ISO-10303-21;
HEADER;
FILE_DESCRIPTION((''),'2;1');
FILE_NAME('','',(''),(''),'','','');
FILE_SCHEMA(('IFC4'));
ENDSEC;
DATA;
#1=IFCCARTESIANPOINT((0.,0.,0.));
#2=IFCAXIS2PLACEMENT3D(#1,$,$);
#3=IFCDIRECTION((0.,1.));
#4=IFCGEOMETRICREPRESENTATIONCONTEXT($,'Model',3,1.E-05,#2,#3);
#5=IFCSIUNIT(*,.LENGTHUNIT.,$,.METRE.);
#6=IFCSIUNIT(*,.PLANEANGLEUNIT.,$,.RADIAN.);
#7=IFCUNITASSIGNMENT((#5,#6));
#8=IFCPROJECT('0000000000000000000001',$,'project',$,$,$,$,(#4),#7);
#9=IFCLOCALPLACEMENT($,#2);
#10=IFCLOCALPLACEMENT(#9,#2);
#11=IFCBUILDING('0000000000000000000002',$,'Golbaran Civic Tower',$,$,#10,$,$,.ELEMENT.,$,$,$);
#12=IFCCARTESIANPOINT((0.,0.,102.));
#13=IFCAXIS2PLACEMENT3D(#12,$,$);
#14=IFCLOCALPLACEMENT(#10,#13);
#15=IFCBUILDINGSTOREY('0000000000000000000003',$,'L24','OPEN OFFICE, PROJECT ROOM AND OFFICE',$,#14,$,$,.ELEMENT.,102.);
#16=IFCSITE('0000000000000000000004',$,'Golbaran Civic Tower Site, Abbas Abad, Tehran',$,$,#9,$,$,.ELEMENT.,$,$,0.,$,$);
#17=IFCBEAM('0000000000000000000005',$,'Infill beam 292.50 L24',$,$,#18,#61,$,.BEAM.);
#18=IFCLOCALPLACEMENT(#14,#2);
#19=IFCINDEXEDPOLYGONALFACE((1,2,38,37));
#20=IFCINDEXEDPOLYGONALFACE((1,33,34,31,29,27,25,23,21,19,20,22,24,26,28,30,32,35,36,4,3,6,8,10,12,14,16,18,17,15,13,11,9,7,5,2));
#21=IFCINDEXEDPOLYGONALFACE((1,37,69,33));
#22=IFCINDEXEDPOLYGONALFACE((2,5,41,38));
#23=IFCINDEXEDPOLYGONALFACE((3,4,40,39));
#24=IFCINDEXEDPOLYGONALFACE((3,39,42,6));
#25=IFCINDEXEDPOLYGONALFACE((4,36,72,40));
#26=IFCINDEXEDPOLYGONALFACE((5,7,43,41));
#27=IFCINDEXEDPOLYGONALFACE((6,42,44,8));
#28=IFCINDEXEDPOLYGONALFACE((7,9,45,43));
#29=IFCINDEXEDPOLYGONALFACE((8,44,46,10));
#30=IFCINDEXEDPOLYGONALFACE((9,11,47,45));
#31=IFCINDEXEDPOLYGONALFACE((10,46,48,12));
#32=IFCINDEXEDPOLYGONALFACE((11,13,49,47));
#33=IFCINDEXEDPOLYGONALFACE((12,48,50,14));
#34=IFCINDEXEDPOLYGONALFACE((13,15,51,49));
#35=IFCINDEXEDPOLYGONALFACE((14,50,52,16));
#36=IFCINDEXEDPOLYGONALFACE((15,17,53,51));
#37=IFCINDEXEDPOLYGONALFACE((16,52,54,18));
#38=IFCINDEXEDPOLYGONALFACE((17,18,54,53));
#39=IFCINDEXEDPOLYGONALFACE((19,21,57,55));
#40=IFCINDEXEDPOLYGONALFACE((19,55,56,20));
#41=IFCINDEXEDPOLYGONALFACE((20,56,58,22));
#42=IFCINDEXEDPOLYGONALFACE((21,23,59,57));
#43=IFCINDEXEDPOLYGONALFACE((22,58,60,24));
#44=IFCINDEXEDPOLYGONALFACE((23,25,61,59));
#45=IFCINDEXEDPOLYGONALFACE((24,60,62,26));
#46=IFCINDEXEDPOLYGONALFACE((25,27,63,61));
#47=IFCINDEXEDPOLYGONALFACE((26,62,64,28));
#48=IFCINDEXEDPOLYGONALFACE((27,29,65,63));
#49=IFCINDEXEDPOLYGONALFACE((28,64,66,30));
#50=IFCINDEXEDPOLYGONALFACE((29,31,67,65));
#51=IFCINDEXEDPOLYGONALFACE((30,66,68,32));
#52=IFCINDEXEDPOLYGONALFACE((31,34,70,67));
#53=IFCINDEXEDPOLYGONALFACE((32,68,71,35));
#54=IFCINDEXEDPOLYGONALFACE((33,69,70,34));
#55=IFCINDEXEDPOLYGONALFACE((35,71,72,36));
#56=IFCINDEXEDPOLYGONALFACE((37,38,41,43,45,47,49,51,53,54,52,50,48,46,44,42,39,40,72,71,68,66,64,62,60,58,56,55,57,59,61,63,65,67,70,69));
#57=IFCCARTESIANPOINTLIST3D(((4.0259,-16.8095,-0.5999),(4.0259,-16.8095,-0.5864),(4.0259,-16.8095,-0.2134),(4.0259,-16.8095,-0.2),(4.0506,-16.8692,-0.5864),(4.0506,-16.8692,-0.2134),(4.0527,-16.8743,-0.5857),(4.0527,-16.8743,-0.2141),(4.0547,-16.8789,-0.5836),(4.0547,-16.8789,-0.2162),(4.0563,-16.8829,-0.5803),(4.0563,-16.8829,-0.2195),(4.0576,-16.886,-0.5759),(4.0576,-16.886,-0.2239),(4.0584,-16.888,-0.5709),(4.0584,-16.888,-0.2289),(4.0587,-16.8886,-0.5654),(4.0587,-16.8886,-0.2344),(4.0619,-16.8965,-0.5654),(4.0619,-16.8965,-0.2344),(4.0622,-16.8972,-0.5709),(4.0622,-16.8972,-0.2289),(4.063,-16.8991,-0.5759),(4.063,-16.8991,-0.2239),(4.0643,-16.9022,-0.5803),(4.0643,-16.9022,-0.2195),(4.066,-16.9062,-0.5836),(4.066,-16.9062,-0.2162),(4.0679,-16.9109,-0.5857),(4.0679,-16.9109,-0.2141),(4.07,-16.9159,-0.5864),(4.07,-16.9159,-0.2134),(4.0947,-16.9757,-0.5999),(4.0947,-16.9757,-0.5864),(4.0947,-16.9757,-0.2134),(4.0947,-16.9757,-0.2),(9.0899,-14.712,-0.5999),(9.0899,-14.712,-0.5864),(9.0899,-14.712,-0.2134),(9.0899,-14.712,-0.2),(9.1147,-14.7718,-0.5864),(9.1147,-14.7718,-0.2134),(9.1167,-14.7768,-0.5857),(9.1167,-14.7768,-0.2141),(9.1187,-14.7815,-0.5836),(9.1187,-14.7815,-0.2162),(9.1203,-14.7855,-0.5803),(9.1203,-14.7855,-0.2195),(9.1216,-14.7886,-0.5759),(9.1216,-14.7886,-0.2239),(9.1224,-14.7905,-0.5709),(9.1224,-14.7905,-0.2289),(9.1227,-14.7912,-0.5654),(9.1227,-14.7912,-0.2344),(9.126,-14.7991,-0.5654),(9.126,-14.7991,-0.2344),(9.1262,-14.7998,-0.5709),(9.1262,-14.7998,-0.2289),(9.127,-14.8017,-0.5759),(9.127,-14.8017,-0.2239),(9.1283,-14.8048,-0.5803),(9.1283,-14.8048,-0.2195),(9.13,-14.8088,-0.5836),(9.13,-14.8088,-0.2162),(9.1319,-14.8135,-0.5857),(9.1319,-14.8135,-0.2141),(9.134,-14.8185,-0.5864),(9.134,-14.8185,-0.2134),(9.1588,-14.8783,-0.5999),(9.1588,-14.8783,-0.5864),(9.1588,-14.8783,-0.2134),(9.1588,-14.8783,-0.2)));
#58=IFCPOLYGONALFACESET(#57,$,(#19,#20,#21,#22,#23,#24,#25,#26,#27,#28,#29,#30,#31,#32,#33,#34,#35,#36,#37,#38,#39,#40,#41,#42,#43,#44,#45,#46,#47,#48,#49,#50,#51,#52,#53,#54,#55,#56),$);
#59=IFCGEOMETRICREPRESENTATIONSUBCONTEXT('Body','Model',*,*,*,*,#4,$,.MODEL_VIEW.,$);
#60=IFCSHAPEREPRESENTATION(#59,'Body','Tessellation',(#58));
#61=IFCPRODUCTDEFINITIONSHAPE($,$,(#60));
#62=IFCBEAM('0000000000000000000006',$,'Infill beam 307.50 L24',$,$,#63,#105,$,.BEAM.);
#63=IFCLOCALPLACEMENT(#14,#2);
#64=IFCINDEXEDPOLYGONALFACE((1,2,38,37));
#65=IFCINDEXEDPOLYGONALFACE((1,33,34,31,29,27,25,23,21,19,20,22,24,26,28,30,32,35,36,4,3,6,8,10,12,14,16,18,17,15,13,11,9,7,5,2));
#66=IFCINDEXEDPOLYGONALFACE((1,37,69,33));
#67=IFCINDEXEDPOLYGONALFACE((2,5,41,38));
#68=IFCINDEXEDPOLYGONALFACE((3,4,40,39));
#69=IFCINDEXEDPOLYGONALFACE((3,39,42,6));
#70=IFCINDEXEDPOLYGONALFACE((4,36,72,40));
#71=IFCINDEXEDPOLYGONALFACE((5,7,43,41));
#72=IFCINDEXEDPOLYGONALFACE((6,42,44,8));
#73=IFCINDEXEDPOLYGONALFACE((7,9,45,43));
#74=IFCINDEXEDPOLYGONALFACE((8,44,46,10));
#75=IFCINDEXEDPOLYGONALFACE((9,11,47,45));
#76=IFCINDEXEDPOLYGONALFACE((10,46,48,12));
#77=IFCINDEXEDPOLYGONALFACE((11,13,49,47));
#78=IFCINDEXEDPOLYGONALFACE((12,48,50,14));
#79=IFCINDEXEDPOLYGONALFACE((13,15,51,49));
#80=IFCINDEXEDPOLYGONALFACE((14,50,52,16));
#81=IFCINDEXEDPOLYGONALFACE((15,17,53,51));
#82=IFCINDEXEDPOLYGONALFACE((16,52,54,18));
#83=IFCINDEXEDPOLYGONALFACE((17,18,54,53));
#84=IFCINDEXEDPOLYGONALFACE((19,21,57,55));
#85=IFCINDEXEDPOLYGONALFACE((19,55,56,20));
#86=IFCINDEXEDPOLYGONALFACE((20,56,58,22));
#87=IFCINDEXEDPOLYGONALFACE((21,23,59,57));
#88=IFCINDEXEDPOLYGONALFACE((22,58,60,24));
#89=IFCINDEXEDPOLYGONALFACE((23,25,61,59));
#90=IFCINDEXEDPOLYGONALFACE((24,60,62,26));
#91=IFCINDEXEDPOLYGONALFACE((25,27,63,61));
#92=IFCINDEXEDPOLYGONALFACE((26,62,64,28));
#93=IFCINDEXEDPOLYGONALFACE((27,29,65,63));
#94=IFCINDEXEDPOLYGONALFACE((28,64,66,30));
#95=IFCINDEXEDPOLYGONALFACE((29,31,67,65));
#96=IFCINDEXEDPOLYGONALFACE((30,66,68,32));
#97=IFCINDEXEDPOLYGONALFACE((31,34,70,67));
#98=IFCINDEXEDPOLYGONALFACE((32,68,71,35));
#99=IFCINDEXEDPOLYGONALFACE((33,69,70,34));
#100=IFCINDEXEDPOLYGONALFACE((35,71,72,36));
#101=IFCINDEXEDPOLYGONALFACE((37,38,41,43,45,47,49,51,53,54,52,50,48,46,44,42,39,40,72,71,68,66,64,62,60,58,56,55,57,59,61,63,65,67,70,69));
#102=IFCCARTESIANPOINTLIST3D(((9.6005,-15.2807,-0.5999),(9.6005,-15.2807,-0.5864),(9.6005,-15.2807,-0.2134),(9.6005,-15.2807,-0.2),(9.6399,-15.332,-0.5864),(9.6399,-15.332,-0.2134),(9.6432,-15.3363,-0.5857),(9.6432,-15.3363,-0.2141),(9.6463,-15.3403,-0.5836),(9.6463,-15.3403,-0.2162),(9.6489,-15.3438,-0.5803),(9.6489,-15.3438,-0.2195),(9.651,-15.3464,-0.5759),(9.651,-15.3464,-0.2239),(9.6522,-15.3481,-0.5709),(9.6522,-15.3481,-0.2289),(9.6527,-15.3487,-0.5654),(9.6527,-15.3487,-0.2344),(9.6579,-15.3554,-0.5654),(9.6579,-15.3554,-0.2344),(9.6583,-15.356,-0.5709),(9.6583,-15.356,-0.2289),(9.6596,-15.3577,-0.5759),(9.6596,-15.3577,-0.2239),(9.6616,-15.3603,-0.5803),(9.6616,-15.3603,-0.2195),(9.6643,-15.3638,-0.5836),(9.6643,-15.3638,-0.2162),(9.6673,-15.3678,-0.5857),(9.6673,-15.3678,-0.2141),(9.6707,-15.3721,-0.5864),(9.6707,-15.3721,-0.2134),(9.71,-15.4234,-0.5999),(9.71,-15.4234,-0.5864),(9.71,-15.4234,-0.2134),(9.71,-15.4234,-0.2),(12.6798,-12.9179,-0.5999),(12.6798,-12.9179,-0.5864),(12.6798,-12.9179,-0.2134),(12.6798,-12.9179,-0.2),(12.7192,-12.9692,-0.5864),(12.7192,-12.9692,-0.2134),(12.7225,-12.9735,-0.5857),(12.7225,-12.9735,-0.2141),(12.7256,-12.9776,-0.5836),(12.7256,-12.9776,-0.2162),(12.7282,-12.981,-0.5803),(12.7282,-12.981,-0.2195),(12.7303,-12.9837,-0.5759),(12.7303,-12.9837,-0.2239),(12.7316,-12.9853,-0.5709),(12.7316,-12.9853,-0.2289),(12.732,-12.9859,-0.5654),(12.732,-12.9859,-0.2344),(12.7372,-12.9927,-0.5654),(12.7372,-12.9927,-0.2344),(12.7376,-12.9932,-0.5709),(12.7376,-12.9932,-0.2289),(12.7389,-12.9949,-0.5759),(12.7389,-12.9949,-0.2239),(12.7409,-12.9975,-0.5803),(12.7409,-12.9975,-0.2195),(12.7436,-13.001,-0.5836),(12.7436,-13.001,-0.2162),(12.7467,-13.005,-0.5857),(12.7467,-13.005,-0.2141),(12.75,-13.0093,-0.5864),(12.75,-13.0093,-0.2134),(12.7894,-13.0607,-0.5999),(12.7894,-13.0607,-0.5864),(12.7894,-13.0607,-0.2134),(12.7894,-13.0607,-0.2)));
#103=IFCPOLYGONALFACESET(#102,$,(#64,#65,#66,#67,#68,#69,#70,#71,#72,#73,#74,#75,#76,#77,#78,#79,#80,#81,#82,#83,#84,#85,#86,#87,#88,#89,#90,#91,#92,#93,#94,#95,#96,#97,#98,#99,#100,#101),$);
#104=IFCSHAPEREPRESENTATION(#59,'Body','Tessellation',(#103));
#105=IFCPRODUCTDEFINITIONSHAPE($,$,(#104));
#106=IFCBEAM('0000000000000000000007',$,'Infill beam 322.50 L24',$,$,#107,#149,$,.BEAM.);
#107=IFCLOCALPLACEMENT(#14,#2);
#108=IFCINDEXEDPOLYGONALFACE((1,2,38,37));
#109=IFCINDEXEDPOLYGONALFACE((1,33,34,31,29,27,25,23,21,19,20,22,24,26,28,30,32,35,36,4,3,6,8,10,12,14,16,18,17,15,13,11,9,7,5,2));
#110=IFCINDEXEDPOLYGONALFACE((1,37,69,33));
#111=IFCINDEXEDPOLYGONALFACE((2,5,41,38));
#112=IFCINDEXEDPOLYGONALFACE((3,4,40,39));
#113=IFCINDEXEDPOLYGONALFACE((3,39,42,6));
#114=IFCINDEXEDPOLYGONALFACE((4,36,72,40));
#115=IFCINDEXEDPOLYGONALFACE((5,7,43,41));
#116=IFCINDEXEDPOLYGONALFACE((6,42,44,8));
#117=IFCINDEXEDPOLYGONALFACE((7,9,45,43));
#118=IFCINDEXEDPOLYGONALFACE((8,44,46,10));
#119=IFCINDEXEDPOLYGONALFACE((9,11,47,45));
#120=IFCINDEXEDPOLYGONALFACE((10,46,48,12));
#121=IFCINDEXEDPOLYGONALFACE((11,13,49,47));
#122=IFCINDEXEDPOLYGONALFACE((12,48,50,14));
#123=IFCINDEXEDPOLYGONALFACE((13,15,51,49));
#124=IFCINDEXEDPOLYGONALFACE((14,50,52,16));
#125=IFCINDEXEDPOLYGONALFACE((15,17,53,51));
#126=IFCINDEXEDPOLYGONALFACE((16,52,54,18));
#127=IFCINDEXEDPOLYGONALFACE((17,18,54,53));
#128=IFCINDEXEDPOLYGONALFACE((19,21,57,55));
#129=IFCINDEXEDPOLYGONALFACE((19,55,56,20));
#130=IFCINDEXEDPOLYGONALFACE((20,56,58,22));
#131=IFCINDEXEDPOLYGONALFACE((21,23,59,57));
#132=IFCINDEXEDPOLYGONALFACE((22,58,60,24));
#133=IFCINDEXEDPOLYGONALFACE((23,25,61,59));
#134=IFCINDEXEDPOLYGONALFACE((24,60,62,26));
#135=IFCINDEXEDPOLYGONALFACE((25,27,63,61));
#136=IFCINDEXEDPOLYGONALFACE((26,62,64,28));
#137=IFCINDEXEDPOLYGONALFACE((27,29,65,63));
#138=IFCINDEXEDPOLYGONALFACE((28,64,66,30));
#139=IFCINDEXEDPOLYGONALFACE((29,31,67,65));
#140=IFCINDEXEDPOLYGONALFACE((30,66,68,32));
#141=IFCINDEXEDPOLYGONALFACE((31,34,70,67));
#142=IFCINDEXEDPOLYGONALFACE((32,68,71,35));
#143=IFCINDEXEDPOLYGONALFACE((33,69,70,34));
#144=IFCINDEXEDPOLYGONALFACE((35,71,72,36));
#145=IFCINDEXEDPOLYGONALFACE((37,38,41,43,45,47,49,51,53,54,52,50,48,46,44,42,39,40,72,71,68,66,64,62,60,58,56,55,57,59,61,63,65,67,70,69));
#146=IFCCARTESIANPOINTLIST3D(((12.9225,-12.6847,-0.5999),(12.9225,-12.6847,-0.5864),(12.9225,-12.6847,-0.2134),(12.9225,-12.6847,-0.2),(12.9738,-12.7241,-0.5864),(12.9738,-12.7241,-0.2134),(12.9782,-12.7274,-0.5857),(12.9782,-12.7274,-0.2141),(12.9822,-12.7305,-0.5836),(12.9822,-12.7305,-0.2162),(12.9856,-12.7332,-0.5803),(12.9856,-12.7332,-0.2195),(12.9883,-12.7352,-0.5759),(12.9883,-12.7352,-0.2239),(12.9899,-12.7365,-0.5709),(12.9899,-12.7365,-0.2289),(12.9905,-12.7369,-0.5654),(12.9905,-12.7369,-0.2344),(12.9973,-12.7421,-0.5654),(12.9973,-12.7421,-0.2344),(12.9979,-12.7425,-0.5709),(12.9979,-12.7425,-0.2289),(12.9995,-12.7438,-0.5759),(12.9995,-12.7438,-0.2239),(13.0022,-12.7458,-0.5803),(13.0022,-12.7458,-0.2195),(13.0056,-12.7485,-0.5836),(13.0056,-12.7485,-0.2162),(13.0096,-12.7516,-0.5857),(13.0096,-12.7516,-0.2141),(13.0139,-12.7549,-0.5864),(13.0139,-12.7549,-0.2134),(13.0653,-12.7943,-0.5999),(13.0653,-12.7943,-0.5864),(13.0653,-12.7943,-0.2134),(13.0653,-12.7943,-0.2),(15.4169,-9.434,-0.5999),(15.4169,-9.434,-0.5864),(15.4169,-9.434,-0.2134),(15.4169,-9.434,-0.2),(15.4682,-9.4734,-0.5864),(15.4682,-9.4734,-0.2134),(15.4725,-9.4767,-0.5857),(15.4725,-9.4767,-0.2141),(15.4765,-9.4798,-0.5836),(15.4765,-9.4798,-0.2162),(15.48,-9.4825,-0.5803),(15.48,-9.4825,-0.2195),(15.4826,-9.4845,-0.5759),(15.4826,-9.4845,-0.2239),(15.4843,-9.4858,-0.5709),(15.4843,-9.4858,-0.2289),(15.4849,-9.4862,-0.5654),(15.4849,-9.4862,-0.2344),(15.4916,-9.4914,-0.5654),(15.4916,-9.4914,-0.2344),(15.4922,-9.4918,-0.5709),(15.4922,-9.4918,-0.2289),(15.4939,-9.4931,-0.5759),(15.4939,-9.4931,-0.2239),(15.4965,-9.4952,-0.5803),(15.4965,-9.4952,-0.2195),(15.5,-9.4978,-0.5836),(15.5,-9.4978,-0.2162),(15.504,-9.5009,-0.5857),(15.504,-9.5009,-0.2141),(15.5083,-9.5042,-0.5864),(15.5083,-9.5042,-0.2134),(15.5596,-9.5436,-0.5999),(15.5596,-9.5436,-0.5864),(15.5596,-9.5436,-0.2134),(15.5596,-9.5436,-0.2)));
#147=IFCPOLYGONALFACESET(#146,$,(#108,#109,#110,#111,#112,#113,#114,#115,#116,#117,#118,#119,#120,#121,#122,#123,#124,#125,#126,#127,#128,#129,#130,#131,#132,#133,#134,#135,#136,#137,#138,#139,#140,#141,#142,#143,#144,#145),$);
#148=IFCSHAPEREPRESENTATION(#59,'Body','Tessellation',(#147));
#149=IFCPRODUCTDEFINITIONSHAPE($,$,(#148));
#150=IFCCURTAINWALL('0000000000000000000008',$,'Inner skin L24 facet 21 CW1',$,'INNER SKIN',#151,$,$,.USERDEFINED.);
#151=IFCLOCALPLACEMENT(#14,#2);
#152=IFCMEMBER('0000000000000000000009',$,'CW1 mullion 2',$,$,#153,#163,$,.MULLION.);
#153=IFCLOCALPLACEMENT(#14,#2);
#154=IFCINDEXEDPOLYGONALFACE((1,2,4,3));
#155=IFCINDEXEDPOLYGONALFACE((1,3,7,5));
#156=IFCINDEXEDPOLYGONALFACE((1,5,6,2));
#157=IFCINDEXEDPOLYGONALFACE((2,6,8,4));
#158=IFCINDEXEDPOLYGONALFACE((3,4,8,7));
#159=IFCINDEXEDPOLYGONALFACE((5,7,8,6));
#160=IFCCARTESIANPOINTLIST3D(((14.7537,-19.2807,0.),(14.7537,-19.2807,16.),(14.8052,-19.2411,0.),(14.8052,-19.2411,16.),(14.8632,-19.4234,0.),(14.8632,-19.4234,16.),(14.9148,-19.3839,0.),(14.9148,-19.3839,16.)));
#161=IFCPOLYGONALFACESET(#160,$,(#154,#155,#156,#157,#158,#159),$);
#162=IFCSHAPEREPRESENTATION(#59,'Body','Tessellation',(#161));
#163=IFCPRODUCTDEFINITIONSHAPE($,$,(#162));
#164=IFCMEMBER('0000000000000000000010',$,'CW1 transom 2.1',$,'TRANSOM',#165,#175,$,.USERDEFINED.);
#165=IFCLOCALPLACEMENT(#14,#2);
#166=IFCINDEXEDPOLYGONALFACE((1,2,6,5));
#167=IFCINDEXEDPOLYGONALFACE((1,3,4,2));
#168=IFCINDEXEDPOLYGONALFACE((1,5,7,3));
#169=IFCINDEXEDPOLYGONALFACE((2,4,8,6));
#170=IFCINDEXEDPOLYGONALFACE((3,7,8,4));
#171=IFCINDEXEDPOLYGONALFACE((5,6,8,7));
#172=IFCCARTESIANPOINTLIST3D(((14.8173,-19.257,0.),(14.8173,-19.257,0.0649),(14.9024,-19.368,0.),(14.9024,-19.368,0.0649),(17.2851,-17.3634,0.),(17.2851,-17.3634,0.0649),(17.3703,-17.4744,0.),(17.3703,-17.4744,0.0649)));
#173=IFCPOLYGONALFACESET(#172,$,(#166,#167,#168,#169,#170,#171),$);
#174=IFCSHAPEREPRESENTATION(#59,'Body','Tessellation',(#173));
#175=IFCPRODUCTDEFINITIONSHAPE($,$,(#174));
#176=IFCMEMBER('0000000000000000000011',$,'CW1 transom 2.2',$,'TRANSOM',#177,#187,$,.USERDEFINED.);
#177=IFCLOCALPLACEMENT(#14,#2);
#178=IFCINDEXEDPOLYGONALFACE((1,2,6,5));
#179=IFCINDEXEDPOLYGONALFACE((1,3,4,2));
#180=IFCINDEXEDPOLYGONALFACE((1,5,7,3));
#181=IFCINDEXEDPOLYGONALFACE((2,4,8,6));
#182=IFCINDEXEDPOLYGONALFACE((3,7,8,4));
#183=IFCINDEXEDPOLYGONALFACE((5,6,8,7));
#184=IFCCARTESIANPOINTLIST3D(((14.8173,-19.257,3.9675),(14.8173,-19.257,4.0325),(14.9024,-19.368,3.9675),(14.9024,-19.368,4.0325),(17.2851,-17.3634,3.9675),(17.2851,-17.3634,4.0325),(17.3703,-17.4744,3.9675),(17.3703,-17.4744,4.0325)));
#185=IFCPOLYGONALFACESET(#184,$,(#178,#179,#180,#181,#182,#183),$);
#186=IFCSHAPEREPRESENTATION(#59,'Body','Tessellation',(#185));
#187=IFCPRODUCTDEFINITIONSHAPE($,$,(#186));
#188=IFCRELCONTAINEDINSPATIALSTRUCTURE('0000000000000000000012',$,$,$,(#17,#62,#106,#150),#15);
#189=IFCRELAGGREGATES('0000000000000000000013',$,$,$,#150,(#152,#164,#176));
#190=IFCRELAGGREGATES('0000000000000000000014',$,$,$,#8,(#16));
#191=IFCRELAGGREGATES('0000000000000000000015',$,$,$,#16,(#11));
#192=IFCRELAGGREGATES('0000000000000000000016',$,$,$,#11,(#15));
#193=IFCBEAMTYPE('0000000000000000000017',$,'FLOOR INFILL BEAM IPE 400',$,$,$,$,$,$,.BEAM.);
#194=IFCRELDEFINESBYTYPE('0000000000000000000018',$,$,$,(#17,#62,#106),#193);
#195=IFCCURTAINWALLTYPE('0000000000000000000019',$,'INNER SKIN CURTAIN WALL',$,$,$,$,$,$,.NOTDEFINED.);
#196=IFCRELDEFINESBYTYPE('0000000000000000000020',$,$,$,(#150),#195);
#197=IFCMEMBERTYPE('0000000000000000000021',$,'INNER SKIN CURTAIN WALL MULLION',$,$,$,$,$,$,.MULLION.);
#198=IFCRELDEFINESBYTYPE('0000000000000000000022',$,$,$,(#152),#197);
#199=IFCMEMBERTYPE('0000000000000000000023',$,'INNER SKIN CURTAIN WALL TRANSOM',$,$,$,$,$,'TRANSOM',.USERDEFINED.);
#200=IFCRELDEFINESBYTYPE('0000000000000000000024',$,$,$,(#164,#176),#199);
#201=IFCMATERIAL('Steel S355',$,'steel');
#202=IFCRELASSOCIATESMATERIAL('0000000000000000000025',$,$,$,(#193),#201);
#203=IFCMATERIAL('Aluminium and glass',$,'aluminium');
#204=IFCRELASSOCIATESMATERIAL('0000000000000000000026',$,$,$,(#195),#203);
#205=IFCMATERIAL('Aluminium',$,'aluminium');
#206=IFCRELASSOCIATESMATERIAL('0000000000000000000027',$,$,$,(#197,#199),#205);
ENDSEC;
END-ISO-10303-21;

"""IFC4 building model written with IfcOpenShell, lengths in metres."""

from ifc_helpers import new_model, si_unit, direction, frame, origin, origin_2d, place, context, subcontext, project, spatial, rectangle, i_section, extrude, material, material_profile, profile_set, type_object, element, aggregate, save


model = new_model("IFC4")

# Units and contexts
model_context = context("Model", 3, precision=1e-05, world=origin(), true_north=direction((0.0, 1.0)))
body_context = subcontext(model_context, "Body", "Model", "MODEL_VIEW")
ifc_project = project(units=[si_unit("LENGTHUNIT", "METRE"), si_unit("PLANEANGLEUNIT", "RADIAN")], contexts=[model_context])

# Site, building, storey
site_placement = place(None, origin())
site = spatial("IfcSite", under=ifc_project, at=site_placement, Name="Golbaran Civic Tower Site, Abbas Abad, Tehran", CompositionType="ELEMENT", RefElevation=0.0)
building_placement = place(site_placement, origin())
building = spatial("IfcBuilding", under=site, at=building_placement, Name="Golbaran Civic Tower", CompositionType="ELEMENT")
storey_placement = place(building_placement, frame((0.0, 0.0, 102.0)))
storey = spatial("IfcBuildingStorey", under=building, at=storey_placement, Name="L24", Description="OPEN OFFICE, PROJECT ROOM AND OFFICE", CompositionType="ELEMENT", Elevation=102.0)

# Beams
ifc_material_1 = material(Name="Steel S355", Category="steel")
ifc_material_profile_1 = material_profile(ifc_material_1, i_section(OverallWidth=0.1799, OverallDepth=0.3999, WebThickness=0.0085, FlangeThickness=0.0134, FilletRadius=0.021, at=origin_2d()), Name="IPE 400")
ifc_profile_set_1 = profile_set([ifc_material_profile_1], Name="Steel S355")
beam_type_1 = type_object("IfcBeamType", Name="FLOOR INFILL BEAM IPE 400", PredefinedType="BEAM", material=ifc_profile_set_1)
beam_1_placement = place(storey_placement, frame((4.0603, -16.8926, -0.3999), z_axis=(0.923889, 0.38266, 0.0), x_axis=(-0.38266, 0.923889, 0.0)))
element("IfcBeam", 1, at=beam_1_placement, inside=storey, type_object=beam_type_1, Name="Infill beam 292.50 L24", PredefinedType="BEAM", context=body_context, shape_type="SweptSolid", body=[
    extrude(i_section(OverallWidth=0.1799, OverallDepth=0.3999, WebThickness=0.0085, FlangeThickness=0.0134, FilletRadius=0.021, at=origin_2d()), origin(), (0.0, 0.0, 1.0), 5.4812),
])
beam_2_placement = place(storey_placement, frame((9.6553, -15.3521, -0.3999), z_axis=(0.793362, 0.60875, 0.0), x_axis=(-0.60875, 0.793362, 0.0)))
element("IfcBeam", 2, at=beam_2_placement, inside=storey, type_object=beam_type_1, Name="Infill beam 307.50 L24", PredefinedType="BEAM", context=body_context, shape_type="SweptSolid", body=[
    extrude(i_section(OverallWidth=0.1799, OverallDepth=0.3999, WebThickness=0.0085, FlangeThickness=0.0134, FilletRadius=0.021, at=origin_2d()), origin(), (0.0, 0.0, 1.0), 3.8813),
])
beam_3_placement = place(storey_placement, frame((12.9939, -12.7395, -0.3999), z_axis=(0.608763, 0.793352, 0.0), x_axis=(-0.793352, 0.608763, 0.0)))
element("IfcBeam", 3, at=beam_3_placement, inside=storey, type_object=beam_type_1, Name="Infill beam 322.50 L24", PredefinedType="BEAM", context=body_context, shape_type="SweptSolid", body=[
    extrude(i_section(OverallWidth=0.1799, OverallDepth=0.3999, WebThickness=0.0085, FlangeThickness=0.0134, FilletRadius=0.021, at=origin_2d()), origin(), (0.0, 0.0, 1.0), 4.0974),
])

# Curtain wall, members
ifc_material_2 = material(Name="Aluminium and glass", Category="aluminium")
curtain_wall_type = type_object("IfcCurtainWallType", Name="INNER SKIN CURTAIN WALL", PredefinedType="NOTDEFINED", material=ifc_material_2)
curtain_wall_placement = place(storey_placement, origin())
curtain_wall = element("IfcCurtainWall", 4, at=curtain_wall_placement, inside=storey, type_object=curtain_wall_type, Name="Inner skin L24 facet 21 CW1", ObjectType="INNER SKIN", PredefinedType="USERDEFINED")
ifc_material_3 = material(Name="Aluminium", Category="aluminium")
ifc_material_profile_2 = material_profile(ifc_material_3, rectangle(XDim=0.1799, YDim=0.0649, at=origin_2d()), Name="INNER SKIN CURTAIN WALL MULLION")
ifc_profile_set_2 = profile_set([ifc_material_profile_2], Name="Aluminium")
member_type_1 = type_object("IfcMemberType", Name="INNER SKIN CURTAIN WALL MULLION", PredefinedType="MULLION", material=ifc_profile_set_2)
member_1_placement = place(storey_placement, frame((14.8342, -19.3323, 0.0), z_axis=(0.0, 0.0, 1.0), x_axis=(-0.608761, 0.793353, 0.0)))
member_1 = element("IfcMember", 5, at=member_1_placement, type_object=member_type_1, Name="CW1 mullion 2", PredefinedType="MULLION", context=body_context, shape_type="SweptSolid", body=[
    extrude(rectangle(XDim=0.1799, YDim=0.0649, at=origin_2d()), origin(), (0.0, 0.0, 1.0), 16.0),
])
ifc_material_profile_3 = material_profile(ifc_material_3, rectangle(XDim=0.1399, YDim=0.0649, at=origin_2d()), Name="INNER SKIN CURTAIN WALL TRANSOM")
ifc_profile_set_3 = profile_set([ifc_material_profile_3], Name="Aluminium")
member_type_2 = type_object("IfcMemberType", Name="INNER SKIN CURTAIN WALL TRANSOM", ElementType="TRANSOM", PredefinedType="USERDEFINED", material=ifc_profile_set_3)
member_2_placement = place(storey_placement, frame((14.8599, -19.3125, 0.0325), z_axis=(0.793359, 0.608754, 0.0), x_axis=(-0.608754, 0.793359, 0.0)))
member_2 = element("IfcMember", 6, at=member_2_placement, type_object=member_type_2, Name="CW1 transom 2.1", ObjectType="TRANSOM", PredefinedType="USERDEFINED", context=body_context, shape_type="SweptSolid", body=[
    extrude(rectangle(XDim=0.1399, YDim=0.0649, at=origin_2d()), origin(), (0.0, 0.0, 1.0), 3.1106),
])
member_3_placement = place(storey_placement, frame((14.8599, -19.3125, 4.0), z_axis=(0.793359, 0.608754, 0.0), x_axis=(-0.608754, 0.793359, 0.0)))
member_3 = element("IfcMember", 7, at=member_3_placement, type_object=member_type_2, Name="CW1 transom 2.2", ObjectType="TRANSOM", PredefinedType="USERDEFINED", context=body_context, shape_type="SweptSolid", body=[
    extrude(rectangle(XDim=0.1399, YDim=0.0649, at=origin_2d()), origin(), (0.0, 0.0, 1.0), 3.1106),
])

aggregate(curtain_wall, [member_1, member_2, member_3])

save(model, "model.ifc")
